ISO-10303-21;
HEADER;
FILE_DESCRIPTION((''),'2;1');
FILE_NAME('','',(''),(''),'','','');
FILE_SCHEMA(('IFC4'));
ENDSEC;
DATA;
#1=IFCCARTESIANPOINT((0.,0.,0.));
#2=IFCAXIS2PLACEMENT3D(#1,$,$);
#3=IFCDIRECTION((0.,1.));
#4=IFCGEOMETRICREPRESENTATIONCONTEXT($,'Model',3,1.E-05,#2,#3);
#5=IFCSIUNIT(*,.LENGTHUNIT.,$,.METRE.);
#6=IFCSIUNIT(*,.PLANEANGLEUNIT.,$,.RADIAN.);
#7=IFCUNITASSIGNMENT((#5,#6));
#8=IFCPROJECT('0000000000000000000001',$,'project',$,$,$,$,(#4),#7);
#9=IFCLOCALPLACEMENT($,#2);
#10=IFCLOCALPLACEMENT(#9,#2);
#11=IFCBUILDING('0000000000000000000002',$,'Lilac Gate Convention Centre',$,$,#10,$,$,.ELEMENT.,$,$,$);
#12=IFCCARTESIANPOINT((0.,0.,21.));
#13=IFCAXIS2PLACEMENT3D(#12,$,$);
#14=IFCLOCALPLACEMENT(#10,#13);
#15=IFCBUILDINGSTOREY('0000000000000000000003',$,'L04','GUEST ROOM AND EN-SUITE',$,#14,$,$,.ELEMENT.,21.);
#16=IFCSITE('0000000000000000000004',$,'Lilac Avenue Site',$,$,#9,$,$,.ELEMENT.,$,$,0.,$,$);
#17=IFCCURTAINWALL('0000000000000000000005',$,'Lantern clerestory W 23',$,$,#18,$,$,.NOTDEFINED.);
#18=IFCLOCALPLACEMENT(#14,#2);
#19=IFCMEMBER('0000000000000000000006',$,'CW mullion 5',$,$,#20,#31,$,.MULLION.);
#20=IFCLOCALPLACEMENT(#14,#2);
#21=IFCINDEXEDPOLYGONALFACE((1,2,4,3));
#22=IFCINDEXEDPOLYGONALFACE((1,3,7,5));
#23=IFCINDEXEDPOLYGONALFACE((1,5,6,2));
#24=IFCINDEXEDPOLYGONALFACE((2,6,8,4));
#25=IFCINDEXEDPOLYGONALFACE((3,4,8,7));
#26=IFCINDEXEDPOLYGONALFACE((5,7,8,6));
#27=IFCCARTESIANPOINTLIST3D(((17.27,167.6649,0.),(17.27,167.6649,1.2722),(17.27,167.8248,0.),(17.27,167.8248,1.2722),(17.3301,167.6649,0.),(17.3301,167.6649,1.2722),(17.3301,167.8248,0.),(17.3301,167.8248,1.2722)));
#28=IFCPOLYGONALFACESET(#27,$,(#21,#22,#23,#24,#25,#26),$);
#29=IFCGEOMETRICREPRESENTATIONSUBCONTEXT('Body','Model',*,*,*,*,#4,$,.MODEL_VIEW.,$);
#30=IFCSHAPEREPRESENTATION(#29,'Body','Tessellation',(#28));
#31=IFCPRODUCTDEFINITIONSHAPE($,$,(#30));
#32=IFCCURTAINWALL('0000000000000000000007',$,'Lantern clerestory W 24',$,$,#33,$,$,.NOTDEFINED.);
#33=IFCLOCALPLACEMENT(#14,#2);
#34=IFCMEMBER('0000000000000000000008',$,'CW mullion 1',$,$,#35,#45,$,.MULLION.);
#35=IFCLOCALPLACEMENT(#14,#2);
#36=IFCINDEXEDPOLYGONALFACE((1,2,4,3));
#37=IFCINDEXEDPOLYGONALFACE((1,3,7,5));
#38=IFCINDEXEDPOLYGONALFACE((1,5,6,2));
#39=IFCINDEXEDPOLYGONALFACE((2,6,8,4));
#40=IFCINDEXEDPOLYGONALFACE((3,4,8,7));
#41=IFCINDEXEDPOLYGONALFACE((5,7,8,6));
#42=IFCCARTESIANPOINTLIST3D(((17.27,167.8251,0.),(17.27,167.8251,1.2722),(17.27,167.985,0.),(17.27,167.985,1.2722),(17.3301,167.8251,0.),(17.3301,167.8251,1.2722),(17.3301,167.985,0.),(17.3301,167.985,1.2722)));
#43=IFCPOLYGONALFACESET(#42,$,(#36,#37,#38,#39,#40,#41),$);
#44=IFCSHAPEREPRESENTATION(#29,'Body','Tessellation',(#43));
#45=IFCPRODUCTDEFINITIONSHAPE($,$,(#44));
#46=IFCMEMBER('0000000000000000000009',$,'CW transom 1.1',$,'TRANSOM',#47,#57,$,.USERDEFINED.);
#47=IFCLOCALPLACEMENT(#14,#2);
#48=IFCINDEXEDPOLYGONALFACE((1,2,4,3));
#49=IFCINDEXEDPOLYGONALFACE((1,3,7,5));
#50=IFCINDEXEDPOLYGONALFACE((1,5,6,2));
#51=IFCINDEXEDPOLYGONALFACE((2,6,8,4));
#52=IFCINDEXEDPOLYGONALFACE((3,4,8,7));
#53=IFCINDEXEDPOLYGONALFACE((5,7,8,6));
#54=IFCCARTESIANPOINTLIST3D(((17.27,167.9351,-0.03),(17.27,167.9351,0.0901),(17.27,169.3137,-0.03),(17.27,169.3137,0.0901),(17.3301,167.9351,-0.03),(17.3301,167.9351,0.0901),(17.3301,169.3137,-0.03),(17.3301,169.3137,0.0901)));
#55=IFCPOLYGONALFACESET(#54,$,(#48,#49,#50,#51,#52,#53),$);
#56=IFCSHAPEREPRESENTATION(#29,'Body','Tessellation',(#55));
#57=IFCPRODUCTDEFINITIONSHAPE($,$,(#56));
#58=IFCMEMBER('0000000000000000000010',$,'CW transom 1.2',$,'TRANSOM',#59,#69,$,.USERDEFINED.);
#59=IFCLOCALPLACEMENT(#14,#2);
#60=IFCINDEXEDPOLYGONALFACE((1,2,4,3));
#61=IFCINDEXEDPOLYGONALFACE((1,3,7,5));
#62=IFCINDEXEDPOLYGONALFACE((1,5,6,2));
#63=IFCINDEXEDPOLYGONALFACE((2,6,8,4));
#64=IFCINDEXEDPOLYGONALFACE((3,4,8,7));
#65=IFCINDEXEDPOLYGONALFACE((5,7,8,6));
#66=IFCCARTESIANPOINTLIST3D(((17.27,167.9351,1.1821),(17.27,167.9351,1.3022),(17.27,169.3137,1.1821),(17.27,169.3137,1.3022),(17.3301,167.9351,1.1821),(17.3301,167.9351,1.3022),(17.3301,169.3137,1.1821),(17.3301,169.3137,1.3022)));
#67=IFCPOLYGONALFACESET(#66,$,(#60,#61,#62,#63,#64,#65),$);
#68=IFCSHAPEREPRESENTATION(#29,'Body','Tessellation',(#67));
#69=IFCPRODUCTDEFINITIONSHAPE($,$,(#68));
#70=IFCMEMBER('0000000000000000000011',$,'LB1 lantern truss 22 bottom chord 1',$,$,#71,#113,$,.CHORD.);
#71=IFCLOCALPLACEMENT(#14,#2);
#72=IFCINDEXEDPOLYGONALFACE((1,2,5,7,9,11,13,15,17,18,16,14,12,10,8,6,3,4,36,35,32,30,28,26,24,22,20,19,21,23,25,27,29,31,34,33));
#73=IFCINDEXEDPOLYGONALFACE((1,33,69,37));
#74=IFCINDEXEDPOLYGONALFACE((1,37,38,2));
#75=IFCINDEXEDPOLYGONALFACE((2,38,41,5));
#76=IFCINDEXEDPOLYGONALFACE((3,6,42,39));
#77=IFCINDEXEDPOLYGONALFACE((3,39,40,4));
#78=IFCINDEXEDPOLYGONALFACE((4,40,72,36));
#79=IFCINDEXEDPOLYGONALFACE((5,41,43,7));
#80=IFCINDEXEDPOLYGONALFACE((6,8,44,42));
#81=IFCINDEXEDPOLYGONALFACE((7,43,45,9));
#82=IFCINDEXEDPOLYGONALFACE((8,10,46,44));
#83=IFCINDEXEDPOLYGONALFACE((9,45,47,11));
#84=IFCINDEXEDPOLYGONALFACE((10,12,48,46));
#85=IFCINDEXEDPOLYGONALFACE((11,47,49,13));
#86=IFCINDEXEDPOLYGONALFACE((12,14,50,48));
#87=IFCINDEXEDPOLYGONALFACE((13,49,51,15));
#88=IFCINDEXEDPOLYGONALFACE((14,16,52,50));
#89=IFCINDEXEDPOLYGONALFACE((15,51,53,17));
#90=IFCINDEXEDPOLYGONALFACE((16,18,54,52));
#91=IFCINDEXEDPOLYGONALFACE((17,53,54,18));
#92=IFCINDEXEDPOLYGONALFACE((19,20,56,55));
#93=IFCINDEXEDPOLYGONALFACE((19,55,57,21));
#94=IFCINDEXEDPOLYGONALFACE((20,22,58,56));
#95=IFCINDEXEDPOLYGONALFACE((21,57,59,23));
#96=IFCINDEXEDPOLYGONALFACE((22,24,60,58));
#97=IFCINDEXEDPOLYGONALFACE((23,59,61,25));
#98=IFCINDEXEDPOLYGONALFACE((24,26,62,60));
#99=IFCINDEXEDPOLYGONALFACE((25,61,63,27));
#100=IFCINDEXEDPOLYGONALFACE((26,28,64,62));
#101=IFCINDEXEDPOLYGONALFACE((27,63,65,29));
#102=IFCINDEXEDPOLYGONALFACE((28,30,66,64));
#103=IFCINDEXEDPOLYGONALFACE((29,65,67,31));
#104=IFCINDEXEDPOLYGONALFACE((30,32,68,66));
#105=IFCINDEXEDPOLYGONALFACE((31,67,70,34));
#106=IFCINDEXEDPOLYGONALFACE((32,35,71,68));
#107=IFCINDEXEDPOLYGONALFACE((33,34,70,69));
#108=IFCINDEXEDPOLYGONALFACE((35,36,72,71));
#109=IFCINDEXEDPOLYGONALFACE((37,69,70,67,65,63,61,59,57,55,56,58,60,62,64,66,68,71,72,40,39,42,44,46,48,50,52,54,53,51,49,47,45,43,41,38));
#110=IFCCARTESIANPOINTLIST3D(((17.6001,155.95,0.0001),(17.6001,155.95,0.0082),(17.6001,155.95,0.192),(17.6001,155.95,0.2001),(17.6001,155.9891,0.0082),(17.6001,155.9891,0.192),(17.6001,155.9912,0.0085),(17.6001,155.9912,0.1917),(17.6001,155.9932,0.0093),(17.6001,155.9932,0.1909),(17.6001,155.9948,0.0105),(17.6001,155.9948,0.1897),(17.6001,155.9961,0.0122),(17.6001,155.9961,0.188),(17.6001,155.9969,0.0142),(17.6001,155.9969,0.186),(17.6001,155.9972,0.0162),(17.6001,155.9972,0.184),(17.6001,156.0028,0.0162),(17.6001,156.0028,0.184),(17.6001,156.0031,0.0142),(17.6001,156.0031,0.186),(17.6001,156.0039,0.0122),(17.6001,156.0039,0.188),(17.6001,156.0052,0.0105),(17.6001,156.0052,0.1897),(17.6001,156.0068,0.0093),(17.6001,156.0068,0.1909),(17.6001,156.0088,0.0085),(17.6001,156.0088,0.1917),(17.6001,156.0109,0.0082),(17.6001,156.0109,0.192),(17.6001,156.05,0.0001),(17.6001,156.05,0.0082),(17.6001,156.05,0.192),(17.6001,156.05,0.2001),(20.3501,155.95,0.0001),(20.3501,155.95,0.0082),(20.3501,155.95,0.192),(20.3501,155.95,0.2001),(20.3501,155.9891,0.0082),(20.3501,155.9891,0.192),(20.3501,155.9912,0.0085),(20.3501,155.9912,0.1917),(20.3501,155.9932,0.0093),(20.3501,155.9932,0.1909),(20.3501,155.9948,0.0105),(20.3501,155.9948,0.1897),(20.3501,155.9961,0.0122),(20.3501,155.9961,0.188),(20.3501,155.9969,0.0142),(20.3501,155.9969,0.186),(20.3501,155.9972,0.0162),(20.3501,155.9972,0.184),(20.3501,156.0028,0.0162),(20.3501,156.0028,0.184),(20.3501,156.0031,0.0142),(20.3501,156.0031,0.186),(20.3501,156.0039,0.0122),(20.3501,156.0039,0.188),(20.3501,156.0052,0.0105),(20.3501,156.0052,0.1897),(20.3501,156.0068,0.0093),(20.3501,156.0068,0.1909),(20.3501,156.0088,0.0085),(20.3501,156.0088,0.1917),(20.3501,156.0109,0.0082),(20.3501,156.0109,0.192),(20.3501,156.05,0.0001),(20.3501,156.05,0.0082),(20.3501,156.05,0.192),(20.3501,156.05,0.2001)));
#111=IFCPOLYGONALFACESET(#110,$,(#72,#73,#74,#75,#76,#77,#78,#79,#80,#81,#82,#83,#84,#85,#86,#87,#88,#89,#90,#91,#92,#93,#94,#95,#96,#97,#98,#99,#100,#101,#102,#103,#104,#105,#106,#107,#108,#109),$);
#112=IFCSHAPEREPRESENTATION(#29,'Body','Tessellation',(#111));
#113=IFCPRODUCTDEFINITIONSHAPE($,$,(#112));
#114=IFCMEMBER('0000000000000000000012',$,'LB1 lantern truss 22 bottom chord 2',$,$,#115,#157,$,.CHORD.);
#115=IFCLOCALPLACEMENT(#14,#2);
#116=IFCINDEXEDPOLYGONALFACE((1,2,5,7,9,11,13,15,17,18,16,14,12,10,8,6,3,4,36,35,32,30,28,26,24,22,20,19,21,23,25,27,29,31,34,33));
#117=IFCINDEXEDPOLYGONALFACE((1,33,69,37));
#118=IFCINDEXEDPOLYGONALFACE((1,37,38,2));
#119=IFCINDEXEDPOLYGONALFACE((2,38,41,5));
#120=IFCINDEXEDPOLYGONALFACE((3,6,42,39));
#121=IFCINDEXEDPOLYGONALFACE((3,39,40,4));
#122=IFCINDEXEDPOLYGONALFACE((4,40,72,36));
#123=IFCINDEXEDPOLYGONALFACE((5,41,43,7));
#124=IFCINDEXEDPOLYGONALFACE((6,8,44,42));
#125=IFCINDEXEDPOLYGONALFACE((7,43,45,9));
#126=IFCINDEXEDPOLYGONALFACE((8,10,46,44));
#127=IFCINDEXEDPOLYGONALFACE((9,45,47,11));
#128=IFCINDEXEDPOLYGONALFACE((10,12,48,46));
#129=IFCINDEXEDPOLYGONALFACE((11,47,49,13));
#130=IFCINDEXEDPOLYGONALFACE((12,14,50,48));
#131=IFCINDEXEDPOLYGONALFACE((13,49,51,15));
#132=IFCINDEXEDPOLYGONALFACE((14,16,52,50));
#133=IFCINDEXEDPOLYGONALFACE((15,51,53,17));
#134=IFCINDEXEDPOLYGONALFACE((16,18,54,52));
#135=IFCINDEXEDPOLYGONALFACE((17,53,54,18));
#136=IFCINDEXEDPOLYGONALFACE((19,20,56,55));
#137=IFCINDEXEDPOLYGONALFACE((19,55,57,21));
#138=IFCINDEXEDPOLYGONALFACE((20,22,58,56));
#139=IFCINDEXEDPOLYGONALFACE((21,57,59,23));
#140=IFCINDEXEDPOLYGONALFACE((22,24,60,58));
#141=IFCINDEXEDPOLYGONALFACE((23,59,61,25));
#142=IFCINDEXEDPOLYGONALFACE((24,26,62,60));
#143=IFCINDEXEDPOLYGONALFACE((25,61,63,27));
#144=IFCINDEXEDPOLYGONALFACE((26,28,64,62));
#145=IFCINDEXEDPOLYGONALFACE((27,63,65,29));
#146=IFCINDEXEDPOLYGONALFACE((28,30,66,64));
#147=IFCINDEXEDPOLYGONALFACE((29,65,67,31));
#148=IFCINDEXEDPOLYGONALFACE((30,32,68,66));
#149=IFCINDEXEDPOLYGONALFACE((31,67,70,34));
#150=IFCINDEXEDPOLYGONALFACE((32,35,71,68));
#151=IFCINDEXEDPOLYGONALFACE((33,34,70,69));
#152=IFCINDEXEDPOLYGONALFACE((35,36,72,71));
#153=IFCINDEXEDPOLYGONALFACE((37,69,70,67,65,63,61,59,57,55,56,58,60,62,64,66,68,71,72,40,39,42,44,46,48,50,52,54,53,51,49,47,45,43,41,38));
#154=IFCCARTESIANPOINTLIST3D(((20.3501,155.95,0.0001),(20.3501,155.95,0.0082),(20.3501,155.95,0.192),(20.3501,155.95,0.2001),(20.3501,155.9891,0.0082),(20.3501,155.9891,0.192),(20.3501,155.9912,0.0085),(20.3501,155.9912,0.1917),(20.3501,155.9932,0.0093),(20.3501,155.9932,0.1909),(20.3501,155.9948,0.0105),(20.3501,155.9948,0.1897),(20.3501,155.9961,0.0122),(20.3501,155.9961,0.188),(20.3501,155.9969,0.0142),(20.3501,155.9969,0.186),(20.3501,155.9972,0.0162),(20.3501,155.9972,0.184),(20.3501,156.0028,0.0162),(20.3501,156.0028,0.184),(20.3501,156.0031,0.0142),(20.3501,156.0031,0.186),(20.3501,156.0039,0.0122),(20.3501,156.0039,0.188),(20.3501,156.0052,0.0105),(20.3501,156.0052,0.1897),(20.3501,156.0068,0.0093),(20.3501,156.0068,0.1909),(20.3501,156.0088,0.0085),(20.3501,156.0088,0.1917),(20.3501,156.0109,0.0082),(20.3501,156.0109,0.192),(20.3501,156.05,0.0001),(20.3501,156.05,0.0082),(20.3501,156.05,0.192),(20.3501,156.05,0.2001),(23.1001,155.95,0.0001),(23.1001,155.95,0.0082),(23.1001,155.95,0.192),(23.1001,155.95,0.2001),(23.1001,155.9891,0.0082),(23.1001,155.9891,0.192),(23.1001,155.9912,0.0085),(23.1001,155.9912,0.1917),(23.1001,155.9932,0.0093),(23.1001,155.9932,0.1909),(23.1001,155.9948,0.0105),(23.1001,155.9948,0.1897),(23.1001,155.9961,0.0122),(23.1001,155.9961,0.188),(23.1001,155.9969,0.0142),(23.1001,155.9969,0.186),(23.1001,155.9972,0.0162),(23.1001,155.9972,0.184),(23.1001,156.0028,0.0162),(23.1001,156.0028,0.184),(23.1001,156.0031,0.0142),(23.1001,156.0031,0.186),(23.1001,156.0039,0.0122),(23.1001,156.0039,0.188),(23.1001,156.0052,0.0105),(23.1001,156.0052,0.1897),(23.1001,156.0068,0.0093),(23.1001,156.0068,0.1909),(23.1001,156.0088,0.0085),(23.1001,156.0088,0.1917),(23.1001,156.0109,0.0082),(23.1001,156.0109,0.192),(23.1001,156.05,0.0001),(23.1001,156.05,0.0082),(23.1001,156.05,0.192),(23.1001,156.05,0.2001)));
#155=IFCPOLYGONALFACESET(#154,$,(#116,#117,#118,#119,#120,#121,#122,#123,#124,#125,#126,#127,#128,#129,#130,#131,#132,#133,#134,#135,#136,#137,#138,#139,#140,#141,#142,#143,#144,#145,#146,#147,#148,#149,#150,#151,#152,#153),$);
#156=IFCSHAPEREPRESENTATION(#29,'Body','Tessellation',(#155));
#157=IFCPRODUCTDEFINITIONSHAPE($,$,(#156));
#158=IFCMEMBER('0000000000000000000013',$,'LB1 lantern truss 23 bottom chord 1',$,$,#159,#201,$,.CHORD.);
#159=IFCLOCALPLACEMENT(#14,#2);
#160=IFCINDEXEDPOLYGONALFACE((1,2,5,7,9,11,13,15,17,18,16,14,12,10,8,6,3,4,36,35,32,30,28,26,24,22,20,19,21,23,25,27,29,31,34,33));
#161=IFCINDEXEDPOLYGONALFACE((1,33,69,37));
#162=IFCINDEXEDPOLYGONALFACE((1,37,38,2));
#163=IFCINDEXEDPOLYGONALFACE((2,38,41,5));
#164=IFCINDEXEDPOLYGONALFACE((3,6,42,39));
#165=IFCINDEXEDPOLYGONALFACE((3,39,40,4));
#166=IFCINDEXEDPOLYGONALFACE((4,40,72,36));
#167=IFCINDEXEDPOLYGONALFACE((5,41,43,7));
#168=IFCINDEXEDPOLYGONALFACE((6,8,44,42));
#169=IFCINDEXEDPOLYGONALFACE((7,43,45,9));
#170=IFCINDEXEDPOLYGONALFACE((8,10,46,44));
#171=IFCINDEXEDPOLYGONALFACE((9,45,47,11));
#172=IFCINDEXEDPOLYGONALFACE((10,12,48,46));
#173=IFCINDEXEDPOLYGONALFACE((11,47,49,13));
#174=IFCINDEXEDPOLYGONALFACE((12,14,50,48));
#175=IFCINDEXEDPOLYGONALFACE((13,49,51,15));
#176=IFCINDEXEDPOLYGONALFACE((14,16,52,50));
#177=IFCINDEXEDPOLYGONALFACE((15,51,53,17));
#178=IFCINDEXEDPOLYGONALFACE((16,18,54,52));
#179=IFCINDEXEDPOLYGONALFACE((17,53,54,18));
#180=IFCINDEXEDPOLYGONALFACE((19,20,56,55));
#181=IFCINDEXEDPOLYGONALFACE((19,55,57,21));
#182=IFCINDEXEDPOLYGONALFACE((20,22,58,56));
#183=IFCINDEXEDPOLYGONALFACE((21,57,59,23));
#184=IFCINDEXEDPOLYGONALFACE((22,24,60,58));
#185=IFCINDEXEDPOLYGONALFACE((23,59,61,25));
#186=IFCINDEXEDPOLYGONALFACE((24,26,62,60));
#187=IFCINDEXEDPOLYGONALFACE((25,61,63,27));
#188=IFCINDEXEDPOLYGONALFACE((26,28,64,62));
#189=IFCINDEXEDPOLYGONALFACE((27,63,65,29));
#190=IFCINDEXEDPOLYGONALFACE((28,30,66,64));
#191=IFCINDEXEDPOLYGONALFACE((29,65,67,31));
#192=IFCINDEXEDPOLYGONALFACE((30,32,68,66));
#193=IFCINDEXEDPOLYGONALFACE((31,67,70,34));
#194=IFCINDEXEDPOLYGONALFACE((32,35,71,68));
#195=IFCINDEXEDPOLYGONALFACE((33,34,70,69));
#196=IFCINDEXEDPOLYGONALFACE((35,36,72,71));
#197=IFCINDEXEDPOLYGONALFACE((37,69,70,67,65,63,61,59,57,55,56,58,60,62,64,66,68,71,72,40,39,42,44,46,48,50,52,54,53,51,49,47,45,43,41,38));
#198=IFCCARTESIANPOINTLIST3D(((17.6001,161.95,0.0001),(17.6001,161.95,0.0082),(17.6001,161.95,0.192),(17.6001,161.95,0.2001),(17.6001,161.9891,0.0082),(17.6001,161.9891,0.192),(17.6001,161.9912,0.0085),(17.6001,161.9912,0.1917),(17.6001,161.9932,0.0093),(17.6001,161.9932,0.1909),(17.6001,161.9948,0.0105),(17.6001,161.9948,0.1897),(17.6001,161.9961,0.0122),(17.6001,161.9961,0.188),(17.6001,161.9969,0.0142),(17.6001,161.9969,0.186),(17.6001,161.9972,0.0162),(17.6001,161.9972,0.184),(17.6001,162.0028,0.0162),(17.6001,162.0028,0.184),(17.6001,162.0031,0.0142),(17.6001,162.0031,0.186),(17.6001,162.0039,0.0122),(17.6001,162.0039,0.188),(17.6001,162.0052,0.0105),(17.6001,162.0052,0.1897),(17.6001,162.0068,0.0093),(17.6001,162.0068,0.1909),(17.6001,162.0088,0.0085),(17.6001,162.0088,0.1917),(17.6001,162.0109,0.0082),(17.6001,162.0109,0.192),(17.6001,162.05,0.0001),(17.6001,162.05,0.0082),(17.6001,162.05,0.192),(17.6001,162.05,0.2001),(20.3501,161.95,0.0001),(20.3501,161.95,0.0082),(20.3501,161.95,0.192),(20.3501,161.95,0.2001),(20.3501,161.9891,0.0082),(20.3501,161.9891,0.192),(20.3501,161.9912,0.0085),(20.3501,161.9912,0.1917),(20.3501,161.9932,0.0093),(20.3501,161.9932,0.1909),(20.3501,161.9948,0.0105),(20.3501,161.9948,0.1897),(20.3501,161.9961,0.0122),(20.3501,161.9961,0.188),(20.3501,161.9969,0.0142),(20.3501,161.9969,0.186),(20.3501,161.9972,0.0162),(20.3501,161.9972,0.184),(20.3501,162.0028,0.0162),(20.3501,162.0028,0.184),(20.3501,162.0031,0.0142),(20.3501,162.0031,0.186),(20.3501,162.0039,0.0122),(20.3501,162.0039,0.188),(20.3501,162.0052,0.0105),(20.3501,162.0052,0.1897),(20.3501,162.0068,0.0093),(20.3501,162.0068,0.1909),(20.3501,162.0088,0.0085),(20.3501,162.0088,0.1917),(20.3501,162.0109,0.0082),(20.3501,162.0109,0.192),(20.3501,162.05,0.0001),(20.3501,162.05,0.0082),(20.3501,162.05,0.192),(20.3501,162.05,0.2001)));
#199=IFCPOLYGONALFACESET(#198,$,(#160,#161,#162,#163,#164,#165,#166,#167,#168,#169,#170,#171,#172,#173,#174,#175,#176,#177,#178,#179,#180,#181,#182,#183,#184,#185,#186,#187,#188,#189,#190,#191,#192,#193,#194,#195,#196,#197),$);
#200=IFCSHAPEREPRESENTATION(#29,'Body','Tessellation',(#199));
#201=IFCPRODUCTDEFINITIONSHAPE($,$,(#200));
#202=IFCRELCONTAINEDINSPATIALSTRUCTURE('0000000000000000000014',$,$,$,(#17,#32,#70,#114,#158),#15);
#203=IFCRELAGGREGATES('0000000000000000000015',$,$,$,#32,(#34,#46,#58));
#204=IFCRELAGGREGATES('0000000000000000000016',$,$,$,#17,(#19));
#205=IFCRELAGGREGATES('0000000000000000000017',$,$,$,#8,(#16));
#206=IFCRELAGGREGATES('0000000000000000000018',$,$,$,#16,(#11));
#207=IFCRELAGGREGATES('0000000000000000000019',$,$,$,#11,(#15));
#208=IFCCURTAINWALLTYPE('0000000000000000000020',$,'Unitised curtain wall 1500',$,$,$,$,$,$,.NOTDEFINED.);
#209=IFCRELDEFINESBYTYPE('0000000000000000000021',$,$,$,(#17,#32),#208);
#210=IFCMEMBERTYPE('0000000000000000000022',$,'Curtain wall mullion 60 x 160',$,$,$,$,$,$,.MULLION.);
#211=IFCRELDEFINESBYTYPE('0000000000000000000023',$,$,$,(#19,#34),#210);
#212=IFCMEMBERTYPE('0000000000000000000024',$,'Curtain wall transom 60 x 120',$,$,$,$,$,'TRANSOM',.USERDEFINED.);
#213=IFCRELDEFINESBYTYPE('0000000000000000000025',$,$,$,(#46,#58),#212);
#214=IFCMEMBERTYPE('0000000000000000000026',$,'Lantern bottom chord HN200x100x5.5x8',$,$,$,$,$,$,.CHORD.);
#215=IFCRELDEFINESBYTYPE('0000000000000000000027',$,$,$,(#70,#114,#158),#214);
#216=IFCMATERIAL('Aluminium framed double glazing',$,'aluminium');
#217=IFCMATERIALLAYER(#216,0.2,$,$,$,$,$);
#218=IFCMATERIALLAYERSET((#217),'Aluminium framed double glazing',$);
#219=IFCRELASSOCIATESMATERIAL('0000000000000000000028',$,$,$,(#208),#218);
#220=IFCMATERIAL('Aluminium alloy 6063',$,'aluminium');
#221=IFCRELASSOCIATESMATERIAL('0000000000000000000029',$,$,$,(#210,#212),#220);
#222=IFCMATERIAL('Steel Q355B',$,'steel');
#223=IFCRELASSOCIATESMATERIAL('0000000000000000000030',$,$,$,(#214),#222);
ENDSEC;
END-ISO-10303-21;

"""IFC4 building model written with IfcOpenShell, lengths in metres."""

from ifc_helpers import new_model, si_unit, direction, frame, origin, origin_2d, place, context, subcontext, project, spatial, rectangle, i_section, extrude, material, layer, layer_set, material_profile, profile_set, type_object, element, aggregate, save


model = new_model("IFC4")

# Units and contexts
model_context = context("Model", 3, precision=1e-05, world=origin(), true_north=direction((0.0, 1.0)))
body_context = subcontext(model_context, "Body", "Model", "MODEL_VIEW")
ifc_project = project(units=[si_unit("LENGTHUNIT", "METRE"), si_unit("PLANEANGLEUNIT", "RADIAN")], contexts=[model_context])

# Site, building, storey
site_placement = place(None, origin())
site = spatial("IfcSite", under=ifc_project, at=site_placement, Name="Lilac Avenue Site", CompositionType="ELEMENT", RefElevation=0.0)
building_placement = place(site_placement, origin())
building = spatial("IfcBuilding", under=site, at=building_placement, Name="Lilac Gate Convention Centre", CompositionType="ELEMENT")
storey_placement = place(building_placement, frame((0.0, 0.0, 21.0)))
storey = spatial("IfcBuildingStorey", under=building, at=storey_placement, Name="L04", Description="GUEST ROOM AND EN-SUITE", CompositionType="ELEMENT", Elevation=21.0)

# Curtain wall, member
ifc_material_1 = material(Name="Aluminium framed double glazing", Category="aluminium")
ifc_layer_1 = layer(ifc_material_1, 0.2)
ifc_layer_set_1 = layer_set([ifc_layer_1], Name="Aluminium framed double glazing")
curtain_wall_type = type_object("IfcCurtainWallType", Name="Unitised curtain wall 1500", PredefinedType="NOTDEFINED", material=ifc_layer_set_1)
curtain_wall_1_placement = place(storey_placement, origin())
curtain_wall_1 = element("IfcCurtainWall", 1, at=curtain_wall_1_placement, inside=storey, type_object=curtain_wall_type, Name="Lantern clerestory W 23", PredefinedType="NOTDEFINED")
ifc_material_2 = material(Name="Aluminium alloy 6063", Category="aluminium")
ifc_material_profile_1 = material_profile(ifc_material_2, rectangle(XDim=0.0601, YDim=0.1599, at=origin_2d()), Name="Curtain wall mullion 60 x 160")
ifc_profile_set_1 = profile_set([ifc_material_profile_1], Name="Aluminium alloy 6063")
member_type_1 = type_object("IfcMemberType", Name="Curtain wall mullion 60 x 160", PredefinedType="MULLION", material=ifc_profile_set_1)
member_1_placement = place(storey_placement, frame((17.3, 167.7449, 0.0), z_axis=(0.0, 0.0, 1.0), x_axis=(-1.0, 0.0, 0.0)))
member_1 = element("IfcMember", 2, at=member_1_placement, type_object=member_type_1, Name="CW mullion 5", PredefinedType="MULLION", context=body_context, shape_type="SweptSolid", body=[
    extrude(rectangle(XDim=0.0601, YDim=0.1599, at=origin_2d()), origin(), (0.0, 0.0, 1.0), 1.2722),
])

# Curtain wall, members
curtain_wall_2_placement = place(storey_placement, origin())
curtain_wall_2 = element("IfcCurtainWall", 3, at=curtain_wall_2_placement, inside=storey, type_object=curtain_wall_type, Name="Lantern clerestory W 24", PredefinedType="NOTDEFINED")
member_2_placement = place(storey_placement, frame((17.3, 167.905, 0.0), z_axis=(0.0, 0.0, 1.0), x_axis=(-1.0, 0.0, 0.0)))
member_2 = element("IfcMember", 4, at=member_2_placement, type_object=member_type_1, Name="CW mullion 1", PredefinedType="MULLION", context=body_context, shape_type="SweptSolid", body=[
    extrude(rectangle(XDim=0.0601, YDim=0.1599, at=origin_2d()), origin(), (0.0, 0.0, 1.0), 1.2722),
])
ifc_material_profile_2 = material_profile(ifc_material_2, rectangle(XDim=0.0601, YDim=0.1201, at=origin_2d()), Name="Curtain wall transom 60 x 120")
ifc_profile_set_2 = profile_set([ifc_material_profile_2], Name="Aluminium alloy 6063")
member_type_2 = type_object("IfcMemberType", Name="Curtain wall transom 60 x 120", ElementType="TRANSOM", PredefinedType="USERDEFINED", material=ifc_profile_set_2)
member_3_placement = place(storey_placement, frame((17.3, 167.9351, 0.03), z_axis=(0.0, 1.0, 0.0), x_axis=(-1.0, 0.0, 0.0)))
member_3 = element("IfcMember", 5, at=member_3_placement, type_object=member_type_2, Name="CW transom 1.1", ObjectType="TRANSOM", PredefinedType="USERDEFINED", context=body_context, shape_type="SweptSolid", body=[
    extrude(rectangle(XDim=0.0601, YDim=0.1201, at=origin_2d()), origin(), (0.0, 0.0, 1.0), 1.3787),
])
member_4_placement = place(storey_placement, frame((17.3, 167.9351, 1.2422), z_axis=(0.0, 1.0, 0.0), x_axis=(-1.0, 0.0, 0.0)))
member_4 = element("IfcMember", 6, at=member_4_placement, type_object=member_type_2, Name="CW transom 1.2", ObjectType="TRANSOM", PredefinedType="USERDEFINED", context=body_context, shape_type="SweptSolid", body=[
    extrude(rectangle(XDim=0.0601, YDim=0.1201, at=origin_2d()), origin(), (0.0, 0.0, 1.0), 1.3787),
])
aggregate(curtain_wall_2, [member_2, member_3, member_4])

# Members
ifc_material_3 = material(Name="Steel Q355B", Category="steel")
ifc_material_profile_3 = material_profile(ifc_material_3, i_section(OverallWidth=0.1001, OverallDepth=0.2, WebThickness=0.0056, FlangeThickness=0.0081, FilletRadius=0.0081, at=origin_2d()), Name="HN200x100x5.5x8")
ifc_profile_set_3 = profile_set([ifc_material_profile_3], Name="Steel Q355B")
member_type_3 = type_object("IfcMemberType", Name="Lantern bottom chord HN200x100x5.5x8", PredefinedType="CHORD", material=ifc_profile_set_3)
for number, where, z_axis, x_axis, name in (
    (7, (17.6001, 156.0, 0.1001), (1.0, 0.0, 0.0), (0.0, 1.0, 0.0), "LB1 lantern truss 22 bottom chord 1"),
    (8, (20.3501, 156.0, 0.1001), (1.0, 0.0, 0.0), (0.0, 1.0, 0.0), "LB1 lantern truss 22 bottom chord 2"),
    (9, (17.6001, 162.0, 0.1001), (1.0, 0.0, 0.0), (0.0, 1.0, 0.0), "LB1 lantern truss 23 bottom chord 1"),
):
    element("IfcMember", number, at=place(storey_placement, frame(where, z_axis=z_axis, x_axis=x_axis)), inside=storey, type_object=member_type_3, Name=name, PredefinedType="CHORD", context=body_context, shape_type="SweptSolid", body=[
        extrude(i_section(OverallWidth=0.1001, OverallDepth=0.2, WebThickness=0.0056, FlangeThickness=0.0081, FilletRadius=0.0081, at=origin_2d()), origin(), (0.0, 0.0, 1.0), 2.75),
    ])

aggregate(curtain_wall_1, [member_1])

save(model, "model.ifc")
